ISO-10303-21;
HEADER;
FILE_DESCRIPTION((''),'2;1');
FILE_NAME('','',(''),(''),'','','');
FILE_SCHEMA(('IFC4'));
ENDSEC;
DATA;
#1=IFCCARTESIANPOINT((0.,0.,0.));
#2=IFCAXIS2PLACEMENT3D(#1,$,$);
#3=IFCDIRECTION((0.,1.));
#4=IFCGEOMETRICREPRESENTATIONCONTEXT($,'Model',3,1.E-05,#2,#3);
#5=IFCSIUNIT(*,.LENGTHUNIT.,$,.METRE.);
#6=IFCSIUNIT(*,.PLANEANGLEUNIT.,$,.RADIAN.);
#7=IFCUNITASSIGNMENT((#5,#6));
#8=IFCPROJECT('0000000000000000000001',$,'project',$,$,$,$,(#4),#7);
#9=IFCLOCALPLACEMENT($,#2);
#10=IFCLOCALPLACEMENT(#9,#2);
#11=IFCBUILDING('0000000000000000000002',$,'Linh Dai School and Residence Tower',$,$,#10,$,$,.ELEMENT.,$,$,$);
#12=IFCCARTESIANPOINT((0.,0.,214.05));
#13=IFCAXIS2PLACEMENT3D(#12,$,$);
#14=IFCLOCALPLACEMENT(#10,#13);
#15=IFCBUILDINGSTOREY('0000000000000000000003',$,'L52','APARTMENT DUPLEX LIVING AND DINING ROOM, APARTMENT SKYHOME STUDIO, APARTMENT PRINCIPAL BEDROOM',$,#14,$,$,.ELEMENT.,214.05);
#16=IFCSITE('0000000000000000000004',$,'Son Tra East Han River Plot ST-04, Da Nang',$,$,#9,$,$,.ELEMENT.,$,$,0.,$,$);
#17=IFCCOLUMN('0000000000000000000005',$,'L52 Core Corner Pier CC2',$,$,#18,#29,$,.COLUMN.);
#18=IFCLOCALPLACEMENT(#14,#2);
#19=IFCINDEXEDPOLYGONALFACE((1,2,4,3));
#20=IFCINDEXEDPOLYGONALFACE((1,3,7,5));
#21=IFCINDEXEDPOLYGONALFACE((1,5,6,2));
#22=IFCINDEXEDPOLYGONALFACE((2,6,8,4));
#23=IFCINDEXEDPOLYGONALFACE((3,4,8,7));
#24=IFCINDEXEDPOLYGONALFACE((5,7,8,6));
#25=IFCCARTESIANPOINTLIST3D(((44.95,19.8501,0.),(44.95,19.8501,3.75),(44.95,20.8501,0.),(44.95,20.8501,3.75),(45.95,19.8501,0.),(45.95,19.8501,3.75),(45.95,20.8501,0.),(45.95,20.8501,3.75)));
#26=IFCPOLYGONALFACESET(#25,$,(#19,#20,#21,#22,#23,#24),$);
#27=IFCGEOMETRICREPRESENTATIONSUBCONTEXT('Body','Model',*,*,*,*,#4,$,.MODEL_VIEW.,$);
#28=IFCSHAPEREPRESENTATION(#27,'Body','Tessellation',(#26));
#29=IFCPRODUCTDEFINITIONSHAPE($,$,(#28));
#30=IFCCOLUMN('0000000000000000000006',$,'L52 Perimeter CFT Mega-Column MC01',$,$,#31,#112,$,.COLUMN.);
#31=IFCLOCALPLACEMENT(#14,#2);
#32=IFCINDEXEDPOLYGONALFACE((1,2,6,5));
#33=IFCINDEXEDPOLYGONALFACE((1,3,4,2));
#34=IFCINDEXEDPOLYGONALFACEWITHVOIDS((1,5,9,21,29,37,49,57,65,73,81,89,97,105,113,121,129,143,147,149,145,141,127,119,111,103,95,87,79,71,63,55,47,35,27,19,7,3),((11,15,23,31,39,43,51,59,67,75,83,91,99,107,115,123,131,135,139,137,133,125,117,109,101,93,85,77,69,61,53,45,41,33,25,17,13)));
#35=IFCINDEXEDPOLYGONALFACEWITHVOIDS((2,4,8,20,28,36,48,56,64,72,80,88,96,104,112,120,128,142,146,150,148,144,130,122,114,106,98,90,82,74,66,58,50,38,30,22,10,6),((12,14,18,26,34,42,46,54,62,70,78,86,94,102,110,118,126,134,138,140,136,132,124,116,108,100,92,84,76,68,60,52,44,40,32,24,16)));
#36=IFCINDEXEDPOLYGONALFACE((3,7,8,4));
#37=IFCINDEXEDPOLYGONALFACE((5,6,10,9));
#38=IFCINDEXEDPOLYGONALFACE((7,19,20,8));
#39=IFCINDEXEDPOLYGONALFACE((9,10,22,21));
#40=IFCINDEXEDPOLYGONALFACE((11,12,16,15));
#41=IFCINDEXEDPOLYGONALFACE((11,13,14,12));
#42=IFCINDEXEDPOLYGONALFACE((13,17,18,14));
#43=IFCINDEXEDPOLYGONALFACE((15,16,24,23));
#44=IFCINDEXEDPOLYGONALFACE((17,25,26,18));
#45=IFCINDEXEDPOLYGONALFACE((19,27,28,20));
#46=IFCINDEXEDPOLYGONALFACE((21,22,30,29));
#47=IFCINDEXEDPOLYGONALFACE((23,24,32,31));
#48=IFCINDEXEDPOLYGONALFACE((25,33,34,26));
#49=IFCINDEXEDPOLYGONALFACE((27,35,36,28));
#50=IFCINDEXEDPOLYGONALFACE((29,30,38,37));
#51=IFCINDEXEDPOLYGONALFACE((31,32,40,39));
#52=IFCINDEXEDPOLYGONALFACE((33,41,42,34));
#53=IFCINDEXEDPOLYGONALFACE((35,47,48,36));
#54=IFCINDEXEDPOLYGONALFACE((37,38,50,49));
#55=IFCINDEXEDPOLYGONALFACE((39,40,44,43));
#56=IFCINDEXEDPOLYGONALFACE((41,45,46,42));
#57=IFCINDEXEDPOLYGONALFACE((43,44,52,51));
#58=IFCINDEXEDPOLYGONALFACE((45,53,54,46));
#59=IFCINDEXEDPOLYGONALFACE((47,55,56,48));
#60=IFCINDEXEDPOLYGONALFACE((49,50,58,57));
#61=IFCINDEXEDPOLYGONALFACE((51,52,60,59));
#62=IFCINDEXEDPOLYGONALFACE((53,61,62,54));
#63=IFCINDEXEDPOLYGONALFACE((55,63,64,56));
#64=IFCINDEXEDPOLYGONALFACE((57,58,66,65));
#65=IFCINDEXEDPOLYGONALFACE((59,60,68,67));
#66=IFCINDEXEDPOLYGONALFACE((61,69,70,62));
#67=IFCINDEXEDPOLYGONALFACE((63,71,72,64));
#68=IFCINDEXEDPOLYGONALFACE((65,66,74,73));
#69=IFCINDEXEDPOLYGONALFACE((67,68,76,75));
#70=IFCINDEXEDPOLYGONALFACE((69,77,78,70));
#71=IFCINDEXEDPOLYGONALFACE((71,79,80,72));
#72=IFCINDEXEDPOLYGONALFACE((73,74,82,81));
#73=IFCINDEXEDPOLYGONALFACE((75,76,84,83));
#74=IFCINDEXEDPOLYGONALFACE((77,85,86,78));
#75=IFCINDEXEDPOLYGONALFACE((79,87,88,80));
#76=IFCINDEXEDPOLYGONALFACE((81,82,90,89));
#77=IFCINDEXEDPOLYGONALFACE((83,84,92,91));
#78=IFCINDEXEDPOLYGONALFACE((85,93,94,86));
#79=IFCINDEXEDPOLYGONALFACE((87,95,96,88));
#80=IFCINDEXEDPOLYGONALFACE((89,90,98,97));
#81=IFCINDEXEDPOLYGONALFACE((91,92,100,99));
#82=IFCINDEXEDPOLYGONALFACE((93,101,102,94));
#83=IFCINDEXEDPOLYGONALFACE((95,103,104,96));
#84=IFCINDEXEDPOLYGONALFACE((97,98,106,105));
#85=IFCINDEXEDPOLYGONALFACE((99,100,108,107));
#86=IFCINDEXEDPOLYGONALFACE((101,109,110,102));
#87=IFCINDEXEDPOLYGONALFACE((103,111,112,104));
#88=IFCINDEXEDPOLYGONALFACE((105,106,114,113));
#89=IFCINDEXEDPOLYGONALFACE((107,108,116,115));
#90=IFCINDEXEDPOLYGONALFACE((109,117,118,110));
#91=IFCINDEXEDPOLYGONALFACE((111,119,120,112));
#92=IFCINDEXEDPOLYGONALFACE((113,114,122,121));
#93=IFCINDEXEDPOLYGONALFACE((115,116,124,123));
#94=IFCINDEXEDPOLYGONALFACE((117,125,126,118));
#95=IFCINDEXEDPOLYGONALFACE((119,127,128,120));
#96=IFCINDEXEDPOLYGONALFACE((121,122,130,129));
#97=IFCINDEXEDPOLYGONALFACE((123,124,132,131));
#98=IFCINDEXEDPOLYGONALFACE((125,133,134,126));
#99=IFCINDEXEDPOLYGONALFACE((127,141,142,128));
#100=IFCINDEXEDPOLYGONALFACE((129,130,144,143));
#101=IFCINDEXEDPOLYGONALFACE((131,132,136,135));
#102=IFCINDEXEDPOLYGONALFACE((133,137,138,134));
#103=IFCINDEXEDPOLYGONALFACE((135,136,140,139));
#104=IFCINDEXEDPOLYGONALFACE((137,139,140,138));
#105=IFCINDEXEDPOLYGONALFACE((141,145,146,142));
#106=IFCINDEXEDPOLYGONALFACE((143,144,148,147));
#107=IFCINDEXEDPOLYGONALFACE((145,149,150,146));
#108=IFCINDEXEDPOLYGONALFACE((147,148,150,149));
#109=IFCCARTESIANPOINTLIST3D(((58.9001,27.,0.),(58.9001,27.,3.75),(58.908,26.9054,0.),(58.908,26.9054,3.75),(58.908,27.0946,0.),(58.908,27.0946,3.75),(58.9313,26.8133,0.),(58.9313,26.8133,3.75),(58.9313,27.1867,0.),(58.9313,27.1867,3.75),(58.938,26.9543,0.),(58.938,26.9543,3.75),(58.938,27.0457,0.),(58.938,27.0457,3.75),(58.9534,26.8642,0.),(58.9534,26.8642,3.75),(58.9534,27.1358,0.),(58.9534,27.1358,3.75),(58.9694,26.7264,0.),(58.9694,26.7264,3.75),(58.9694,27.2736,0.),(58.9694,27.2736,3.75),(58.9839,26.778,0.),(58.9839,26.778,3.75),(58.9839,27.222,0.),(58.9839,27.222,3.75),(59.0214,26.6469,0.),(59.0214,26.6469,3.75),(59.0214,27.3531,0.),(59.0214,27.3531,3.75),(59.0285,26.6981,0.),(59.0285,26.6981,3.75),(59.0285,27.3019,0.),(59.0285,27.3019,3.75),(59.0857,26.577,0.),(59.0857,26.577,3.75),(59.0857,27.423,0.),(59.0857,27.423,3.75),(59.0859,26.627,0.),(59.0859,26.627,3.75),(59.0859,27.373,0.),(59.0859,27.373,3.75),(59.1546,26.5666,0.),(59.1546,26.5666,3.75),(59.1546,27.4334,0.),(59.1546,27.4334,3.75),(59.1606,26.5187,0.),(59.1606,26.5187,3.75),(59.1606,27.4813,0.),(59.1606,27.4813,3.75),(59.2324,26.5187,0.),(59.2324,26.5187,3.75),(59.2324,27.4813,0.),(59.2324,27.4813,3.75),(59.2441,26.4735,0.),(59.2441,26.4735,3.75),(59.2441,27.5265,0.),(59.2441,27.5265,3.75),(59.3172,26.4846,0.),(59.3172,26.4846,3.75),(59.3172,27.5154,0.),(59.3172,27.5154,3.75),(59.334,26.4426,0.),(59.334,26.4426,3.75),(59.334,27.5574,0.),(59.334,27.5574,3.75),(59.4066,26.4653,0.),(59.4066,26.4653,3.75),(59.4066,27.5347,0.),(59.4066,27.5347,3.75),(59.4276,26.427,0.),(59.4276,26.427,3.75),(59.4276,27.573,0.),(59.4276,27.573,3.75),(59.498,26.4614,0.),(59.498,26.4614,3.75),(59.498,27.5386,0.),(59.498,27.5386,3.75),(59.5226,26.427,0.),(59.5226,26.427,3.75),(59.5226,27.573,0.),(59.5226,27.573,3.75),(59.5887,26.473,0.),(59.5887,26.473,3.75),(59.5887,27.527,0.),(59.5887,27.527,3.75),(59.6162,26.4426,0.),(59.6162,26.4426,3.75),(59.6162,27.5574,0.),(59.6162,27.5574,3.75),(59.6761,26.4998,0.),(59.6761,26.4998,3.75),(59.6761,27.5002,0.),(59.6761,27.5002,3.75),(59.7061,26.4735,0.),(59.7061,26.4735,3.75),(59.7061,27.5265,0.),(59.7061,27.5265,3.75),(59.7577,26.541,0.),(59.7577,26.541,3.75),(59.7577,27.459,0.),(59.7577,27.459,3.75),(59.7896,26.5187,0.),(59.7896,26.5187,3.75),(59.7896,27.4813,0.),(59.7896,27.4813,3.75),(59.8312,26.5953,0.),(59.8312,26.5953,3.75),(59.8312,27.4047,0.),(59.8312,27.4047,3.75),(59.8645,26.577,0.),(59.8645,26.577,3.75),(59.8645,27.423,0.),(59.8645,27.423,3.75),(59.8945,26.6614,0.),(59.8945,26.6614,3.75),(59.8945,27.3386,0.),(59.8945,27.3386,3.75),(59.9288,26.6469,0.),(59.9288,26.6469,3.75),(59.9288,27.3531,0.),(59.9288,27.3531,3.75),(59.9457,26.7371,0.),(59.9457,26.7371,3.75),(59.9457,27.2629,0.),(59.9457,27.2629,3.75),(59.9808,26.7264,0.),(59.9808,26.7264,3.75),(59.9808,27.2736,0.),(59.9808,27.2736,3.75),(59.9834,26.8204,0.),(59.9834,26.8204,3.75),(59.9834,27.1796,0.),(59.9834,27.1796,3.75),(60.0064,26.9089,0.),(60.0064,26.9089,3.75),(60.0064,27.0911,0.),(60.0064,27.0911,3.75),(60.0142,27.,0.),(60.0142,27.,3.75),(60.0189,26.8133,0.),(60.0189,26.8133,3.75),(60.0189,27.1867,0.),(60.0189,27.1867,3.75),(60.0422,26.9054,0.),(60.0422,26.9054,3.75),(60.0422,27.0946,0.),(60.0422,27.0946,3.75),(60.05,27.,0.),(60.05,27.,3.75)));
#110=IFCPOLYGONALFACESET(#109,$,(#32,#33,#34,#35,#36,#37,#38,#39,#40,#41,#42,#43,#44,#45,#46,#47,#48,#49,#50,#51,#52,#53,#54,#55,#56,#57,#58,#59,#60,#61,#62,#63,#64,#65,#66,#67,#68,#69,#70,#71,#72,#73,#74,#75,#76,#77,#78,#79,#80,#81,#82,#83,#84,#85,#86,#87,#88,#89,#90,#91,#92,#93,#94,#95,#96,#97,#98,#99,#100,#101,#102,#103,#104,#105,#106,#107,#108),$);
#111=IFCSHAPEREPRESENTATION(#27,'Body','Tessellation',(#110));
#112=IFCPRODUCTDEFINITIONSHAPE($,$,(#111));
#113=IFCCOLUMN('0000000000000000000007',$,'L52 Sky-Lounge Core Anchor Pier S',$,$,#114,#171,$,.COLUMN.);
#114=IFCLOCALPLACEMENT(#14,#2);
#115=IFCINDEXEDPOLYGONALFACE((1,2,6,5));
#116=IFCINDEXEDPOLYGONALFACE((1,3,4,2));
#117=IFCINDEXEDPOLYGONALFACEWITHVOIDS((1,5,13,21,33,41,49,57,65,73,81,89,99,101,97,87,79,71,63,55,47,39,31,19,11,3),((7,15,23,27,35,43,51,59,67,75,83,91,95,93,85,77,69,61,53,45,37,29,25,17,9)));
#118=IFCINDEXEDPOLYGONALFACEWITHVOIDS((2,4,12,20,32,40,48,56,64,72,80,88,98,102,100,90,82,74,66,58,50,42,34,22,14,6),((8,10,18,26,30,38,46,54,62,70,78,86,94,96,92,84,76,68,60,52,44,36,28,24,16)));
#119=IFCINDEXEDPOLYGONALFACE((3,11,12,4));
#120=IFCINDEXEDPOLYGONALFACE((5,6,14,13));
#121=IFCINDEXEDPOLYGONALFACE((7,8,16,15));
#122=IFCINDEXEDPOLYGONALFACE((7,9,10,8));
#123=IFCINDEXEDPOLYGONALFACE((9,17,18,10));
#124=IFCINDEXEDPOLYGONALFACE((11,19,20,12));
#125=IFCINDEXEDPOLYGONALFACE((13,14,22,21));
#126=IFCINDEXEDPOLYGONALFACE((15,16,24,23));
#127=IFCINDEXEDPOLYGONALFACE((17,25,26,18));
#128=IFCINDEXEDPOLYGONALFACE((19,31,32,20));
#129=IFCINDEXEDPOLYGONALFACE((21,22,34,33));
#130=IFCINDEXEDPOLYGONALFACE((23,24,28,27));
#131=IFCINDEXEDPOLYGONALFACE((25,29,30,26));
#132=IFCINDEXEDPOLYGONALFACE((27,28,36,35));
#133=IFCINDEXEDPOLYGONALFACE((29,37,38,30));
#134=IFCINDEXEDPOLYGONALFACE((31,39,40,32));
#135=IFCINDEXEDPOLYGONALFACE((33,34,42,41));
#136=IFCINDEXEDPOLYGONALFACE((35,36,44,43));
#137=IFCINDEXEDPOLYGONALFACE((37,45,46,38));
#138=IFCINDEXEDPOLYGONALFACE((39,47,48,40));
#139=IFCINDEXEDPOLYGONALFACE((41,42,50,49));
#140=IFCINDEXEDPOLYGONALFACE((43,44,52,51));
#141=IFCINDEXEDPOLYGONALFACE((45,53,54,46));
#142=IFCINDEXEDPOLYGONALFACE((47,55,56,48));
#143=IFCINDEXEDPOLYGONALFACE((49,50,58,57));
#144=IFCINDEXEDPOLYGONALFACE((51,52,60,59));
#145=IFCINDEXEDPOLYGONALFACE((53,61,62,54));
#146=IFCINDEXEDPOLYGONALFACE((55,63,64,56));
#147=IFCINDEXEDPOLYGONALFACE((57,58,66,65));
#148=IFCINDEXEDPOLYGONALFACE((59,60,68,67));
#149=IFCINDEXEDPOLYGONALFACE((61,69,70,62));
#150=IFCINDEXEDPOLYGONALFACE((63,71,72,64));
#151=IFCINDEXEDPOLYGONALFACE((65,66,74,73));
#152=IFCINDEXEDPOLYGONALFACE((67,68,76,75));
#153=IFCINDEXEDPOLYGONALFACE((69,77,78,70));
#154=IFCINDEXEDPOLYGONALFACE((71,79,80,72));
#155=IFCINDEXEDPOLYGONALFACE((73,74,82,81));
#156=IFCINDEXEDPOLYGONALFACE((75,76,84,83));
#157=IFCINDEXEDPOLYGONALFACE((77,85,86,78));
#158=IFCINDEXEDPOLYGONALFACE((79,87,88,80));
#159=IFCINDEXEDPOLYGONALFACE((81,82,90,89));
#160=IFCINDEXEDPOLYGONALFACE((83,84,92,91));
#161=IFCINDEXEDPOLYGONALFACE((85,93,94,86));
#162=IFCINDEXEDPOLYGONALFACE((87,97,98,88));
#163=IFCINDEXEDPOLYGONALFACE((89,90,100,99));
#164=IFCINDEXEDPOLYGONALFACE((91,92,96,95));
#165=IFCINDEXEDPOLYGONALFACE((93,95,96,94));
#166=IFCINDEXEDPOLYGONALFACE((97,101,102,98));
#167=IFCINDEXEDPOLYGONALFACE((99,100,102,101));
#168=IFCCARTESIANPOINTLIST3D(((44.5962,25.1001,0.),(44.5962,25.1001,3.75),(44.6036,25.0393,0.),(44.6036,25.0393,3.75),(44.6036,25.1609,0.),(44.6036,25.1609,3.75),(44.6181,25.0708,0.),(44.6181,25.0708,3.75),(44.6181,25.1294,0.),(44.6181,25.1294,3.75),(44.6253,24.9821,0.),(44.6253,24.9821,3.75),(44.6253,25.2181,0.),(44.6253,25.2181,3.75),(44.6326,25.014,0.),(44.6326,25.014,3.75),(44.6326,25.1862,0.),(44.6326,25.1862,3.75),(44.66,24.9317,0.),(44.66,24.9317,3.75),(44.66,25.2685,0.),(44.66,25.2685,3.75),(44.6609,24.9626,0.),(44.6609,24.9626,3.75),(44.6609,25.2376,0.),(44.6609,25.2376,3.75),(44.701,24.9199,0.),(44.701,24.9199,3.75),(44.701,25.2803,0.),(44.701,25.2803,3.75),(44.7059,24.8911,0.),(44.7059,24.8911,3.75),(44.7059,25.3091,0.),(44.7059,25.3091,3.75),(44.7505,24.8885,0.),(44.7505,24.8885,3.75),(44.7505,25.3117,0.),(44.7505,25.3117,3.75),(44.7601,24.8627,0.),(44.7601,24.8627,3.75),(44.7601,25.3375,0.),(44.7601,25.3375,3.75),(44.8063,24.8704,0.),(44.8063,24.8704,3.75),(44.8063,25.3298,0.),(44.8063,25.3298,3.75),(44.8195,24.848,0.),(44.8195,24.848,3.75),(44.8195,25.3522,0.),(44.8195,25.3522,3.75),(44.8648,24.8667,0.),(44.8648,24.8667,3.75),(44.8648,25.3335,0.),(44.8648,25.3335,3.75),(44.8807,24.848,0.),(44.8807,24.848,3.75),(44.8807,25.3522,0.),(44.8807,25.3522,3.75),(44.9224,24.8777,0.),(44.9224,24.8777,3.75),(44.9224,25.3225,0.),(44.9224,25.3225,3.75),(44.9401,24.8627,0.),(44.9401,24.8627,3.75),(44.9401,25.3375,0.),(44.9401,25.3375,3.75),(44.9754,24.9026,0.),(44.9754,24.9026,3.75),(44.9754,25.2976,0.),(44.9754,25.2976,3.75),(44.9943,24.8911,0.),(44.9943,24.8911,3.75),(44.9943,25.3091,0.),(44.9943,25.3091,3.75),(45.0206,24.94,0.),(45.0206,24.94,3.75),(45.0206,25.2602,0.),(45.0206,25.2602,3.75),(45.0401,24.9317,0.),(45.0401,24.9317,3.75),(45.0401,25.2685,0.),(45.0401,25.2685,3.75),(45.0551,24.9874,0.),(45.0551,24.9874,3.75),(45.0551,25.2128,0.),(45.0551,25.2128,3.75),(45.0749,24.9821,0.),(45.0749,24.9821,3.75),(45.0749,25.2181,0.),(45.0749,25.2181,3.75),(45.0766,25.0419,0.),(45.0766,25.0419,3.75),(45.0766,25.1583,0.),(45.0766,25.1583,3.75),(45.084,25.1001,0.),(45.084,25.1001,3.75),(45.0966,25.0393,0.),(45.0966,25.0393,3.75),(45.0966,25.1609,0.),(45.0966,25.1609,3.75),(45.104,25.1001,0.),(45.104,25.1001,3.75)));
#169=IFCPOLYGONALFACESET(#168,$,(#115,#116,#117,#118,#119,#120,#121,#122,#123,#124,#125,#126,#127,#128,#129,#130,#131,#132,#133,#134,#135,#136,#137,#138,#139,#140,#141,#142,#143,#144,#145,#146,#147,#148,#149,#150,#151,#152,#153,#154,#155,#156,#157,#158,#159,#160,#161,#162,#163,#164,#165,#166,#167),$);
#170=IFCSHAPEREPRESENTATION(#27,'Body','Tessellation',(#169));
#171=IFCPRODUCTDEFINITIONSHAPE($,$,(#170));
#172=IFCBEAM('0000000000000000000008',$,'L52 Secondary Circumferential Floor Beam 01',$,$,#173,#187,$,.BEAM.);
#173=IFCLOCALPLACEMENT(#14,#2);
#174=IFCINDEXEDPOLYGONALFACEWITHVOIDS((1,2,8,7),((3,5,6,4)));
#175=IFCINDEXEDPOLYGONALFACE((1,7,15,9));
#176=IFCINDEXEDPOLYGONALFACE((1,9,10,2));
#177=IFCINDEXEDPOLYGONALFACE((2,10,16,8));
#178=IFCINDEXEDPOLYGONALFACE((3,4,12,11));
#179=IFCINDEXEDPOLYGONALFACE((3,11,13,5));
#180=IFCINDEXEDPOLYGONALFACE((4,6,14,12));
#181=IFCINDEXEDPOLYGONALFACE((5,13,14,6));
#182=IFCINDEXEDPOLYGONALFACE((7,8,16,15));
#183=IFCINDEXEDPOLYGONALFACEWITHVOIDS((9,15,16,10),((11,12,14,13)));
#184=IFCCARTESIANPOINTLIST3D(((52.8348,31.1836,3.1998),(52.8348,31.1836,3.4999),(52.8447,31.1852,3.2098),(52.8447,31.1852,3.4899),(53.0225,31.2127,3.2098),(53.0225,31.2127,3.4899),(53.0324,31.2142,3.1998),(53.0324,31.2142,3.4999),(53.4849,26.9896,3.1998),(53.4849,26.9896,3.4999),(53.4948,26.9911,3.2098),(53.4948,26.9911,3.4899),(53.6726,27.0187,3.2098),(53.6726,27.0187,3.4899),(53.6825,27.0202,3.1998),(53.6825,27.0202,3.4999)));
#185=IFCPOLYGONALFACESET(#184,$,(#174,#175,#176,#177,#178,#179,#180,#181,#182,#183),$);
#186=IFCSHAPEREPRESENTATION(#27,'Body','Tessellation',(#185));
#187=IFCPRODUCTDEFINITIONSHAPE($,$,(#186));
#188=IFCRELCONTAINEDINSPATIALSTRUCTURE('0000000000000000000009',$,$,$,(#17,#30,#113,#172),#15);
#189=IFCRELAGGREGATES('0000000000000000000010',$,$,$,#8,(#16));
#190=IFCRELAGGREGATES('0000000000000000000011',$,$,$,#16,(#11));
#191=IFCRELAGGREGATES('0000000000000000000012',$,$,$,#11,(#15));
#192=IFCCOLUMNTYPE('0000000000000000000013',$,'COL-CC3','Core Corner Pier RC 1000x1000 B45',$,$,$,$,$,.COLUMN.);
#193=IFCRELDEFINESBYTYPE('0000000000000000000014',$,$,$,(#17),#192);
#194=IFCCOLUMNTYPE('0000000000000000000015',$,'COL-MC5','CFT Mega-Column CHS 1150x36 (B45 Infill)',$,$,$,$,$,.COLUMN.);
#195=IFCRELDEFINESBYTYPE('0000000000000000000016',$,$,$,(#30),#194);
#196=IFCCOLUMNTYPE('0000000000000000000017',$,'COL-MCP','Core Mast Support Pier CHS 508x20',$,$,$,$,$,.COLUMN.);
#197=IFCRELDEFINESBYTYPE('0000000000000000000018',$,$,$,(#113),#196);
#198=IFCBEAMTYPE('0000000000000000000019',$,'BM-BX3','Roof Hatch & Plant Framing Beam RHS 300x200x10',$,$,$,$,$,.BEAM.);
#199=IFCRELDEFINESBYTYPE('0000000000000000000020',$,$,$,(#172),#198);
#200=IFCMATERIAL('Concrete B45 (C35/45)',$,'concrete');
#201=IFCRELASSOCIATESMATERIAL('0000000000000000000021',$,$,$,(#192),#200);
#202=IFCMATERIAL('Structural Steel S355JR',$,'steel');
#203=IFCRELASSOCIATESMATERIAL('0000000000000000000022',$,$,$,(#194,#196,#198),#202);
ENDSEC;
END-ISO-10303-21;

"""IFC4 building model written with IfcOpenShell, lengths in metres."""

from ifc_helpers import new_model, si_unit, direction, frame, origin, origin_2d, place, context, subcontext, project, spatial, rectangle, hollow_rectangle, hollow_circle, extrude, material, material_profile, profile_set, type_object, element, save


model = new_model("IFC4")

# Units and contexts
model_context = context("Model", 3, precision=1e-05, world=origin(), true_north=direction((0.0, 1.0)))
body_context = subcontext(model_context, "Body", "Model", "MODEL_VIEW")
ifc_project = project(units=[si_unit("LENGTHUNIT", "METRE"), si_unit("PLANEANGLEUNIT", "RADIAN")], contexts=[model_context])

# Site, building, storey
site_placement = place(None, origin())
site = spatial("IfcSite", under=ifc_project, at=site_placement, Name="Son Tra East Han River Plot ST-04, Da Nang", CompositionType="ELEMENT", RefElevation=0.0)
building_placement = place(site_placement, origin())
building = spatial("IfcBuilding", under=site, at=building_placement, Name="Linh Dai School and Residence Tower", CompositionType="ELEMENT")
storey_placement = place(building_placement, frame((0.0, 0.0, 214.05)))
storey = spatial("IfcBuildingStorey", under=building, at=storey_placement, Name="L52", Description="APARTMENT DUPLEX LIVING AND DINING ROOM, APARTMENT SKYHOME STUDIO, APARTMENT PRINCIPAL BEDROOM", CompositionType="ELEMENT", Elevation=214.05)

# Columns
ifc_material_1 = material(Name="Concrete B45 (C35/45)", Category="concrete")
ifc_material_profile_1 = material_profile(ifc_material_1, rectangle(XDim=1.0, YDim=1.0, at=origin_2d()), Name="RC 1000x1000")
ifc_profile_set_1 = profile_set([ifc_material_profile_1], Name="Concrete B45 (C35/45)")
column_type_1 = type_object("IfcColumnType", Name="COL-CC3", Description="Core Corner Pier RC 1000x1000 B45", PredefinedType="COLUMN", material=ifc_profile_set_1)
column_1_placement = place(storey_placement, frame((45.45, 20.3501, 0.0), z_axis=(0.0, 0.0, 1.0), x_axis=(1.0, 0.0, 0.0)))
element("IfcColumn", 1, at=column_1_placement, inside=storey, type_object=column_type_1, Name="L52 Core Corner Pier CC2", PredefinedType="COLUMN", context=body_context, shape_type="SweptSolid", body=[
    extrude(rectangle(XDim=1.0, YDim=1.0, at=origin_2d()), origin(), (0.0, 0.0, 1.0), 3.75),
])
ifc_material_2 = material(Name="Structural Steel S355JR", Category="steel")
ifc_material_profile_2 = material_profile(ifc_material_2, hollow_circle(Radius=0.575, WallThickness=0.0359, at=origin_2d()), Name="CHS 1150x36")
ifc_profile_set_2 = profile_set([ifc_material_profile_2], Name="Structural Steel S355JR")
column_type_2 = type_object("IfcColumnType", Name="COL-MC5", Description="CFT Mega-Column CHS 1150x36 (B45 Infill)", PredefinedType="COLUMN", material=ifc_profile_set_2)
column_2_placement = place(storey_placement, frame((59.4751, 27.0, 0.0), z_axis=(0.0, 0.0, 1.0), x_axis=(1.0, 0.0, 0.0)))
element("IfcColumn", 2, at=column_2_placement, inside=storey, type_object=column_type_2, Name="L52 Perimeter CFT Mega-Column MC01", PredefinedType="COLUMN", context=body_context, shape_type="SweptSolid", body=[
    extrude(hollow_circle(Radius=0.575, WallThickness=0.0359, at=origin_2d()), origin(), (0.0, 0.0, 1.0), 3.75),
])
ifc_material_profile_3 = material_profile(ifc_material_2, hollow_circle(Radius=0.2539, WallThickness=0.02, at=origin_2d()), Name="CHS 508x20")
ifc_profile_set_3 = profile_set([ifc_material_profile_3], Name="Structural Steel S355JR")
column_type_3 = type_object("IfcColumnType", Name="COL-MCP", Description="Core Mast Support Pier CHS 508x20", PredefinedType="COLUMN", material=ifc_profile_set_3)
column_3_placement = place(storey_placement, frame((44.8501, 25.1001, 0.0), z_axis=(0.0, 0.0, 1.0), x_axis=(1.0, 0.0, 0.0)))
element("IfcColumn", 3, at=column_3_placement, inside=storey, type_object=column_type_3, Name="L52 Sky-Lounge Core Anchor Pier S", PredefinedType="COLUMN", context=body_context, shape_type="SweptSolid", body=[
    extrude(hollow_circle(Radius=0.2539, WallThickness=0.02, at=origin_2d()), origin(), (0.0, 0.0, 1.0), 3.75),
])

# Beam
ifc_material_profile_4 = material_profile(ifc_material_2, hollow_rectangle(XDim=0.2, YDim=0.3, WallThickness=0.01, at=origin_2d()), Name="RHS 300x200x10")
ifc_profile_set_4 = profile_set([ifc_material_profile_4], Name="Structural Steel S355JR")
beam_type_1 = type_object("IfcBeamType", Name="BM-BX3", Description="Roof Hatch & Plant Framing Beam RHS 300x200x10", PredefinedType="BEAM", material=ifc_profile_set_4)
beam_1_placement = place(storey_placement, frame((53.5837, 27.0049, 3.3499), z_axis=(-0.153185, 0.988197, 0.0), x_axis=(-0.988197, -0.153185, 0.0)))
element("IfcBeam", 4, at=beam_1_placement, inside=storey, type_object=beam_type_1, Name="L52 Secondary Circumferential Floor Beam 01", PredefinedType="BEAM", context=body_context, shape_type="SweptSolid", body=[
    extrude(hollow_rectangle(XDim=0.2, YDim=0.3, WallThickness=0.01, at=origin_2d()), origin(), (0.0, 0.0, 1.0), 4.2441),
])

save(model, "model.ifc")
